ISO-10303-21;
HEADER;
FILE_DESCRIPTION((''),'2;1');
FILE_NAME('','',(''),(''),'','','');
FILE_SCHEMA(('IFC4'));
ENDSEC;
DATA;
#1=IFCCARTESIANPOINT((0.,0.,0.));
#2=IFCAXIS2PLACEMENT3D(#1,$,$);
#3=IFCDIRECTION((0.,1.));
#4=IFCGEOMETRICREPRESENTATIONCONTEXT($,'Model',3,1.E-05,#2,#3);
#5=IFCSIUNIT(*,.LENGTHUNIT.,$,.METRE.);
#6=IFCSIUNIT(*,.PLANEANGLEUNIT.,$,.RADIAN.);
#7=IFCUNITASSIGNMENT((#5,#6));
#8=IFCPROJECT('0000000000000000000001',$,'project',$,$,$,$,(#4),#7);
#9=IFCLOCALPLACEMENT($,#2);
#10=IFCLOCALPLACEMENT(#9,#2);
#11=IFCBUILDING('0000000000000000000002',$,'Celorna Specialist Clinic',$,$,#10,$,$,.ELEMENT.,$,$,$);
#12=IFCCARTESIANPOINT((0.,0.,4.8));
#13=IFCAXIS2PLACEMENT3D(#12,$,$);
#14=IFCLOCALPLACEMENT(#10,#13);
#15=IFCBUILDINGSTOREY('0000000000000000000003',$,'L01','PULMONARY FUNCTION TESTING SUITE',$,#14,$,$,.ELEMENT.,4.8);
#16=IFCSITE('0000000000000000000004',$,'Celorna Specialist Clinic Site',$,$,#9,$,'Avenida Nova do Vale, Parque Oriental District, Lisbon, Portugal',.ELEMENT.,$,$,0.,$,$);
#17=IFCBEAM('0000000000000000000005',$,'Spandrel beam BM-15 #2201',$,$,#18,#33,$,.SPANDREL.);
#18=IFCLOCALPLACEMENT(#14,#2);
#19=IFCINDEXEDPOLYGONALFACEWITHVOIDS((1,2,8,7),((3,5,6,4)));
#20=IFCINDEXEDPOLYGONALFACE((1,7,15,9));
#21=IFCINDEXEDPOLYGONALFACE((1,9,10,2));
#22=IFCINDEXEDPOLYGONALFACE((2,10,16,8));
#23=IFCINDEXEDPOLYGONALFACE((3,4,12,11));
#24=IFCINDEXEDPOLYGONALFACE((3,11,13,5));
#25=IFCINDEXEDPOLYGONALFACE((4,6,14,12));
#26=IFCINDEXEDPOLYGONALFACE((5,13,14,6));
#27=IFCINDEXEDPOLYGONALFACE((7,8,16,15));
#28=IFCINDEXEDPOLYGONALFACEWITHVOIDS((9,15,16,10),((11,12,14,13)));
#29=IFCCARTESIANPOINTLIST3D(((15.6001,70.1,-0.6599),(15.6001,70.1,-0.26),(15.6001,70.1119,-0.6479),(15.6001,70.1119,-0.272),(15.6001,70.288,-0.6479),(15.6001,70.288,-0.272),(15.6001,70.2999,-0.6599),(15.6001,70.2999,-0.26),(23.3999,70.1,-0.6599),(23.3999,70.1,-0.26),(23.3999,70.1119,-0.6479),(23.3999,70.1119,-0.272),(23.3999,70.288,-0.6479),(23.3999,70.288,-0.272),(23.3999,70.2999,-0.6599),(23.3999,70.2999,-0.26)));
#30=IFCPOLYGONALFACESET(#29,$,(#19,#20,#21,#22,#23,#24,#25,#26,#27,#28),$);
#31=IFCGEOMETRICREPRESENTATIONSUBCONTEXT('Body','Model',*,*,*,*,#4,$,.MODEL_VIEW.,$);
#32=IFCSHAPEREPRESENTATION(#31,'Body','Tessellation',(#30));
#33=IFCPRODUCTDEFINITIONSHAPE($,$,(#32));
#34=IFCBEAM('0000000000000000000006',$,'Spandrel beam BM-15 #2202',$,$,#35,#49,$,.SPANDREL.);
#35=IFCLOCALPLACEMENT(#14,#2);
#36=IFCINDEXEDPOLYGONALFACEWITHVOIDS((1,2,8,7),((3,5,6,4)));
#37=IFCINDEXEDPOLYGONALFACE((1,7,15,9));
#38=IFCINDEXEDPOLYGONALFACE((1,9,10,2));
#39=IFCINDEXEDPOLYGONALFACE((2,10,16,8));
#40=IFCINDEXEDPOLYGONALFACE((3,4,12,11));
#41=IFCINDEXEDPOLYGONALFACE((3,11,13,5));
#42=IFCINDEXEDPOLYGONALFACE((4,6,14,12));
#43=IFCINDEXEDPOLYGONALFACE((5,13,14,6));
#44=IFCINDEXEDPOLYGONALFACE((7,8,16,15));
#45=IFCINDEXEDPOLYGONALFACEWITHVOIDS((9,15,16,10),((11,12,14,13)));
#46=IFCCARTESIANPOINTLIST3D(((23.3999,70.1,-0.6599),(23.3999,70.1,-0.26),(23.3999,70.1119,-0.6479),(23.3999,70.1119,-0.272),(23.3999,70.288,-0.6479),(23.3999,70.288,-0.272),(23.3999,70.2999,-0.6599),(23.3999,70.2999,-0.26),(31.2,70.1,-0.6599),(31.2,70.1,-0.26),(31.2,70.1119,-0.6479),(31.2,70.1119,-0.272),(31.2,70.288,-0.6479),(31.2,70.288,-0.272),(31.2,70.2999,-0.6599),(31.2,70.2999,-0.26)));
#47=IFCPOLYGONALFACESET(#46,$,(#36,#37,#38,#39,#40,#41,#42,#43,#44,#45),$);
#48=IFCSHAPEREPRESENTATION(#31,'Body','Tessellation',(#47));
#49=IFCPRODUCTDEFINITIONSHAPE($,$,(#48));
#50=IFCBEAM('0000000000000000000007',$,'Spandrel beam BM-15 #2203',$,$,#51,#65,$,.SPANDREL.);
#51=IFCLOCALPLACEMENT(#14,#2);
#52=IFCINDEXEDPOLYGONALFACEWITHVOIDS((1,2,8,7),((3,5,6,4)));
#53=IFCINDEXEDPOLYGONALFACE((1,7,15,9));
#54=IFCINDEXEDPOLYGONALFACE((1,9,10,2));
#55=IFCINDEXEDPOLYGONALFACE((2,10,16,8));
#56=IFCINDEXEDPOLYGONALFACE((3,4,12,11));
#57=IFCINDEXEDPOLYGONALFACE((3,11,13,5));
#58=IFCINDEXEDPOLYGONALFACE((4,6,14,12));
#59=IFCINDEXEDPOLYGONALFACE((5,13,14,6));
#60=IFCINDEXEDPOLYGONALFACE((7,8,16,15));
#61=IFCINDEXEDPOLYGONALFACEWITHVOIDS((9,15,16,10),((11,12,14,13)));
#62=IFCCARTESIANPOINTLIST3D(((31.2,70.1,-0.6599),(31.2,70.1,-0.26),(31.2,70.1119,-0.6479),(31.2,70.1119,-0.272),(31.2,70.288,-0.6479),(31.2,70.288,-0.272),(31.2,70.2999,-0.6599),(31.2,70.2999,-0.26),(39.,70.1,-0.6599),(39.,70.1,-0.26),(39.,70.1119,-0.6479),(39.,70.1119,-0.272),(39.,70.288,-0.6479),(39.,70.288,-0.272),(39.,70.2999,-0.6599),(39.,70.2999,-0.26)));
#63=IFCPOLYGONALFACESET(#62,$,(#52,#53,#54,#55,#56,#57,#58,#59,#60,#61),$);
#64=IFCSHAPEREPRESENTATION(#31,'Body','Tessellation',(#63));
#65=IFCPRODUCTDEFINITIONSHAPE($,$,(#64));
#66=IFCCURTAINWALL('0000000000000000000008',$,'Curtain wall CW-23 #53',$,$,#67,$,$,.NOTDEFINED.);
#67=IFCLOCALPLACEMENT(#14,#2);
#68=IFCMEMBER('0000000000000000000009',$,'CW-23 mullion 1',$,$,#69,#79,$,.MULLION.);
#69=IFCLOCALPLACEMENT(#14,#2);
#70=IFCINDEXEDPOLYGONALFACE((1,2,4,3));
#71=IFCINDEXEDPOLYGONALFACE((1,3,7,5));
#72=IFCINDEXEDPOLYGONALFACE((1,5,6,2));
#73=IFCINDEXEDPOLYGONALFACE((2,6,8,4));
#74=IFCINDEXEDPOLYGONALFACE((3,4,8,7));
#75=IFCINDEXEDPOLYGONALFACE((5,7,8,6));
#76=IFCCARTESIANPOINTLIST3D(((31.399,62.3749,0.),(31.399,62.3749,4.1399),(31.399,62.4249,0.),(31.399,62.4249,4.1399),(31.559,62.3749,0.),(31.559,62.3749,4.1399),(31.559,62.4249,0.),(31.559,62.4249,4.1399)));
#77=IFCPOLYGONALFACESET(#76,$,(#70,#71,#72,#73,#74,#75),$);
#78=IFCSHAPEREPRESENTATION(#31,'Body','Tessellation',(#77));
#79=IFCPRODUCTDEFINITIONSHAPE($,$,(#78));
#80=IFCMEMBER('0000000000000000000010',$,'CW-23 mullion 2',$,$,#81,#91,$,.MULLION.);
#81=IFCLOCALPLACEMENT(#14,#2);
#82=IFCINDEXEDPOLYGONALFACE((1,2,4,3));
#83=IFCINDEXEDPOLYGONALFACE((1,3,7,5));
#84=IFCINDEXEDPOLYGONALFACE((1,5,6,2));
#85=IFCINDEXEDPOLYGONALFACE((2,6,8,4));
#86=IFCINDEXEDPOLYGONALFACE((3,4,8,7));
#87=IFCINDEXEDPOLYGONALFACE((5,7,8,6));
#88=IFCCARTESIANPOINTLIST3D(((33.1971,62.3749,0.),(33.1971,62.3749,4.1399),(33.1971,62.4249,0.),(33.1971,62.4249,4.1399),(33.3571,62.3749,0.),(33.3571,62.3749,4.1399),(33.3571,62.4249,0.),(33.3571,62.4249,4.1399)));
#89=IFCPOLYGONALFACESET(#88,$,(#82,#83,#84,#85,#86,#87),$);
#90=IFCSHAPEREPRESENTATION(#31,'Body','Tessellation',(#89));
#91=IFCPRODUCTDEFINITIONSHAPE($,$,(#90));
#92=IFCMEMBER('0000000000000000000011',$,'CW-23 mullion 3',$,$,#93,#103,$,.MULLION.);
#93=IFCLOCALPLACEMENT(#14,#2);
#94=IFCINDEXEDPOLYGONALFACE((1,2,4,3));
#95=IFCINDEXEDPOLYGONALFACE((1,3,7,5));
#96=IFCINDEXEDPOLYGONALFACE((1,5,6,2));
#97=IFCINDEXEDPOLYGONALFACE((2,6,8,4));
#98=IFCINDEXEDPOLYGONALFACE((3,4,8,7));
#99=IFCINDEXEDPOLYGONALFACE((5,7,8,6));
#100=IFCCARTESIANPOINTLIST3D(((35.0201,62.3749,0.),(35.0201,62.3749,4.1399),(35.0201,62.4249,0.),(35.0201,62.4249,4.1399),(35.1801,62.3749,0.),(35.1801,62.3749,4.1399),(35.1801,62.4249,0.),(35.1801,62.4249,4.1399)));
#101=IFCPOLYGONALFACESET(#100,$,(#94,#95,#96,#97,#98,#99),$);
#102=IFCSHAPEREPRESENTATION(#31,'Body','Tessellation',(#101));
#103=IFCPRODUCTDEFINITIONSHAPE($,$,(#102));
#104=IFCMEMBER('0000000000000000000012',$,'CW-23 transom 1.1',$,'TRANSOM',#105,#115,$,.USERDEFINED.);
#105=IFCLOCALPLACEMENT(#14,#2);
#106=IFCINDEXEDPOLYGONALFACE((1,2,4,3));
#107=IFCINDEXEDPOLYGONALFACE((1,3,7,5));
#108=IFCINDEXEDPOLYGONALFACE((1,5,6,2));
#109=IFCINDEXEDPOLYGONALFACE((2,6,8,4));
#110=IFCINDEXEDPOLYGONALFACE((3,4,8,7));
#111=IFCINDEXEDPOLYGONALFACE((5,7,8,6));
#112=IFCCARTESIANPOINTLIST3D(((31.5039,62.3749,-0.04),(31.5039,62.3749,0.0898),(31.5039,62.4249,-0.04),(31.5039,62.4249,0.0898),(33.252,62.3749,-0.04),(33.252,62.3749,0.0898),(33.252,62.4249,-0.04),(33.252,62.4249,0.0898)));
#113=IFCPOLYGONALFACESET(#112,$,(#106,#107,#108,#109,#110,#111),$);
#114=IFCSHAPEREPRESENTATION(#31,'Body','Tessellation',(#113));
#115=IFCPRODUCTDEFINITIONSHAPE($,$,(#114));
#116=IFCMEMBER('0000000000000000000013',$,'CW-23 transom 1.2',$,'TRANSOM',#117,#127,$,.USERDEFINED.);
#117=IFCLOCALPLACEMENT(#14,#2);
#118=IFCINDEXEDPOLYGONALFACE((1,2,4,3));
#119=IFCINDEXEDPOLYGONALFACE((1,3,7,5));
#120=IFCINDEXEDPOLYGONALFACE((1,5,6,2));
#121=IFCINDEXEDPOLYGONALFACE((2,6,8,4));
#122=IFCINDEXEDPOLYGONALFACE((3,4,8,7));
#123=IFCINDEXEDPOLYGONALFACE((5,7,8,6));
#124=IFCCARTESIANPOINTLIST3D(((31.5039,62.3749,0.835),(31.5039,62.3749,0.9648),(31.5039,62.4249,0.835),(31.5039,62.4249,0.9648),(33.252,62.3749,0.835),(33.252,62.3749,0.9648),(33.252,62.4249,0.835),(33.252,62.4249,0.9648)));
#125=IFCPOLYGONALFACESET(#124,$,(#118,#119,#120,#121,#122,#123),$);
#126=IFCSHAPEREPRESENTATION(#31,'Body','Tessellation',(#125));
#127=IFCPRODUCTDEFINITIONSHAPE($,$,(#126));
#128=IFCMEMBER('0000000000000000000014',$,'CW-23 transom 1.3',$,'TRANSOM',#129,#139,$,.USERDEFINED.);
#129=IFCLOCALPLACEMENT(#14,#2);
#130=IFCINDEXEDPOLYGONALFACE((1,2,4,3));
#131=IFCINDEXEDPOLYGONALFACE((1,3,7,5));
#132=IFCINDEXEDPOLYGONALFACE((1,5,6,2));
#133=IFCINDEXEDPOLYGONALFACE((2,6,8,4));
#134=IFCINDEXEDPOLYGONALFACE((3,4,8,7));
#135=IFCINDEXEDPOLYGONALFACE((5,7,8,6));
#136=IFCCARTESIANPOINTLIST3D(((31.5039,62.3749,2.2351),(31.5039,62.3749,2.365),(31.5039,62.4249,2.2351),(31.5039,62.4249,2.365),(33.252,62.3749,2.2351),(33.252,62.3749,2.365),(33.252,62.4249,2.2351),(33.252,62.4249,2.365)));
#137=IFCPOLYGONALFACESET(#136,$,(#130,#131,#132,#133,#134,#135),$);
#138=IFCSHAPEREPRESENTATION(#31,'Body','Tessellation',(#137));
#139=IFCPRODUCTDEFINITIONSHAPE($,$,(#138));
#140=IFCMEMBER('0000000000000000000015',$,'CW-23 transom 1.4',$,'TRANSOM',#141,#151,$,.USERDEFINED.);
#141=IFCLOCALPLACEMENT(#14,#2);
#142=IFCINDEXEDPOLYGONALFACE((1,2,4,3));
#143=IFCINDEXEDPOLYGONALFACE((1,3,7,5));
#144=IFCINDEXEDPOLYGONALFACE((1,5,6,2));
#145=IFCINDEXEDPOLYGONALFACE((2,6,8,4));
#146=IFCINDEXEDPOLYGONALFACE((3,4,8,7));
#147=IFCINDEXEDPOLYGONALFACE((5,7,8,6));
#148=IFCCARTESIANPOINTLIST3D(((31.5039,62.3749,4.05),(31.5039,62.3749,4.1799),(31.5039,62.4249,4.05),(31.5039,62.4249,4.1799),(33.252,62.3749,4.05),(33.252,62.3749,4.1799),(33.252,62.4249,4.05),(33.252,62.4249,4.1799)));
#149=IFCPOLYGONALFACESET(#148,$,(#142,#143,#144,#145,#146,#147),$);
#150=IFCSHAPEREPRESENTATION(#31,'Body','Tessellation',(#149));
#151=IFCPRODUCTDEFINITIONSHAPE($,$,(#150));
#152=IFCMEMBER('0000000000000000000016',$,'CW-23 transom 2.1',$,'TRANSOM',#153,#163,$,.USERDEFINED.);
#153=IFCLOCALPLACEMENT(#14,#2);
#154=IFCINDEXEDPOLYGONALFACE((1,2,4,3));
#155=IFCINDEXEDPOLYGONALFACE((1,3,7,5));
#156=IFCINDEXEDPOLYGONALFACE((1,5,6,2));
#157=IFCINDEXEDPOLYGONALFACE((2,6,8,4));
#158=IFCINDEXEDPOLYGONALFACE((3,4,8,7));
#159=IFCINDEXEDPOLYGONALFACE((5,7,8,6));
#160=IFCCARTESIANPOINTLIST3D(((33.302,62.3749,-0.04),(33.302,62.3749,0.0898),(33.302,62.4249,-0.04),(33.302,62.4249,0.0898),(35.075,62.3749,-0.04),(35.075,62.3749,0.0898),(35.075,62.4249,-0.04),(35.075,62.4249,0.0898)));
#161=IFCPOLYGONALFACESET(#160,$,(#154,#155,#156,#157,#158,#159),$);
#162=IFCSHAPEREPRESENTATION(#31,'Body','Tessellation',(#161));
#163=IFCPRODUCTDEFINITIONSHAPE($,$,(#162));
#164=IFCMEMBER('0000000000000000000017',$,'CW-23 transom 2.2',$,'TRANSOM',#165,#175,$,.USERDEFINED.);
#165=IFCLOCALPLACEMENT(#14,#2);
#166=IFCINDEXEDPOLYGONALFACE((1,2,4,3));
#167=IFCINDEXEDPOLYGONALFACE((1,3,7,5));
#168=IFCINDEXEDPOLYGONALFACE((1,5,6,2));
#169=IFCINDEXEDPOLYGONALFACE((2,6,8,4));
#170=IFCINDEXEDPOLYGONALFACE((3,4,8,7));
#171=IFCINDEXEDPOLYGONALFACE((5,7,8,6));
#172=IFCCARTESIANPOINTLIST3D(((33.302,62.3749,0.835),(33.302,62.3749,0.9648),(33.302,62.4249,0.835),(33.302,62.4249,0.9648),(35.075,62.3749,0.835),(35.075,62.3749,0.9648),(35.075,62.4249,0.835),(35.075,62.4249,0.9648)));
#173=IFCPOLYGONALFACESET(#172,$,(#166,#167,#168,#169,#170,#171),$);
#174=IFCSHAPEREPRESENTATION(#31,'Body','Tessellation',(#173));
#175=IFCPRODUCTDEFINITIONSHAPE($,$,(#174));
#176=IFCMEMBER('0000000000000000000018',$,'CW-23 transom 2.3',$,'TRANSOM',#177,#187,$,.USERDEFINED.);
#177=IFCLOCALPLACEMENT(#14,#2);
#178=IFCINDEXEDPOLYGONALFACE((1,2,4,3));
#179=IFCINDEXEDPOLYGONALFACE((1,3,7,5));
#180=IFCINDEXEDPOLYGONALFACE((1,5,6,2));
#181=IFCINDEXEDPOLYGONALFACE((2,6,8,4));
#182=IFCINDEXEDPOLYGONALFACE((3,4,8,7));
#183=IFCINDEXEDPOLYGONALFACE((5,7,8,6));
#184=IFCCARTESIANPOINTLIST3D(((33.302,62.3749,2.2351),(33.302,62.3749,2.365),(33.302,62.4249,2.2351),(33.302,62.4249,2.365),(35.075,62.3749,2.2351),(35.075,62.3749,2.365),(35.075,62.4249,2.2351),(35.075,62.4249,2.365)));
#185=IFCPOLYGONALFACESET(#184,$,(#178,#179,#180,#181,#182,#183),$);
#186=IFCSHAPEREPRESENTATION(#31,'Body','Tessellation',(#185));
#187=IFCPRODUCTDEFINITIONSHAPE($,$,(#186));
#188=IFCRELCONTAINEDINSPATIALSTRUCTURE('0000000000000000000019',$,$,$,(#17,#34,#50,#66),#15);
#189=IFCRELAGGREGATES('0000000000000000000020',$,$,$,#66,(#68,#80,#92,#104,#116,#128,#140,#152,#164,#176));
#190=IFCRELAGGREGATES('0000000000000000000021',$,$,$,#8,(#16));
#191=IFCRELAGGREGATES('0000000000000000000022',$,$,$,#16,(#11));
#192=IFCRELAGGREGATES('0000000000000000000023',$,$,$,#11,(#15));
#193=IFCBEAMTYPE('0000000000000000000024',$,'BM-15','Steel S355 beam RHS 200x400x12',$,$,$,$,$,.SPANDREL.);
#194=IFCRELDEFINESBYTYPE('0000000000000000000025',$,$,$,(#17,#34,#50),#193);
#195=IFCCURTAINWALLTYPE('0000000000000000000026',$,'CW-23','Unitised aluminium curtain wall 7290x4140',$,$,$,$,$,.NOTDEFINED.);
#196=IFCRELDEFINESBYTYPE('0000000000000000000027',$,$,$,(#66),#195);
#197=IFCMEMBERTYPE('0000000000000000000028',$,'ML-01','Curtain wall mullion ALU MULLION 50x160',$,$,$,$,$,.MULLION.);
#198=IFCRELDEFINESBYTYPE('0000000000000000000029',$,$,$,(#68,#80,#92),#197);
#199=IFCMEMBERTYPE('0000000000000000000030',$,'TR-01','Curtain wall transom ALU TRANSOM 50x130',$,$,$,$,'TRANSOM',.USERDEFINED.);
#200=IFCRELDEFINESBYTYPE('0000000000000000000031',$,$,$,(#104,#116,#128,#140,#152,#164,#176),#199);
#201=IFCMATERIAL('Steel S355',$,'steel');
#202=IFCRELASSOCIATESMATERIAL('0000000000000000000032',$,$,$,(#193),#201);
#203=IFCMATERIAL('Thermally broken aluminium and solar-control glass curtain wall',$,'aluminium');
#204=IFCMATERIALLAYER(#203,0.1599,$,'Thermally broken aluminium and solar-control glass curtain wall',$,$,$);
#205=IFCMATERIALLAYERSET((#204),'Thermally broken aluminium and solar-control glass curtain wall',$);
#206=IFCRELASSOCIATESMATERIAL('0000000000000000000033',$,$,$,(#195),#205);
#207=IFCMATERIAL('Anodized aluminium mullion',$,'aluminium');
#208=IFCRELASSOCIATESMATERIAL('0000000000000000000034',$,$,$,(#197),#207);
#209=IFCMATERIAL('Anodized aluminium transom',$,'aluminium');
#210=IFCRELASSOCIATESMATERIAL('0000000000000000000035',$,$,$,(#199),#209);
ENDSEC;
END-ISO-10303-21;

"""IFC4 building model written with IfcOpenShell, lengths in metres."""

from ifc_helpers import new_model, si_unit, direction, frame, origin, origin_2d, place, context, subcontext, project, spatial, rectangle, hollow_rectangle, extrude, material, layer, layer_set, material_profile, profile_set, type_object, element, aggregate, save


model = new_model("IFC4")

# Units and contexts
model_context = context("Model", 3, precision=1e-05, world=origin(), true_north=direction((0.0, 1.0)))
body_context = subcontext(model_context, "Body", "Model", "MODEL_VIEW")
ifc_project = project(units=[si_unit("LENGTHUNIT", "METRE"), si_unit("PLANEANGLEUNIT", "RADIAN")], contexts=[model_context])

# Site, building, storey
site_placement = place(None, origin())
site = spatial("IfcSite", under=ifc_project, at=site_placement, Name="Celorna Specialist Clinic Site", LongName="Avenida Nova do Vale, Parque Oriental District, Lisbon, Portugal", CompositionType="ELEMENT", RefElevation=0.0)
building_placement = place(site_placement, origin())
building = spatial("IfcBuilding", under=site, at=building_placement, Name="Celorna Specialist Clinic", CompositionType="ELEMENT")
storey_placement = place(building_placement, frame((0.0, 0.0, 4.8)))
storey = spatial("IfcBuildingStorey", under=building, at=storey_placement, Name="L01", Description="PULMONARY FUNCTION TESTING SUITE", CompositionType="ELEMENT", Elevation=4.8)

# Beams
ifc_material_1 = material(Name="Steel S355", Category="steel")
ifc_material_profile_1 = material_profile(ifc_material_1, hollow_rectangle(XDim=0.2, YDim=0.3999, WallThickness=0.012, at=origin_2d()), Name="RHS 200x400x12")
ifc_profile_set_1 = profile_set([ifc_material_profile_1], Name="Steel S355")
beam_type_1 = type_object("IfcBeamType", Name="BM-15", Description="Steel S355 beam RHS 200x400x12", PredefinedType="SPANDREL", material=ifc_profile_set_1)
beam_1_placement = place(storey_placement, frame((15.6001, 70.2, -0.46), z_axis=(1.0, 0.0, 0.0), x_axis=(0.0, 1.0, 0.0)))
element("IfcBeam", 1, at=beam_1_placement, inside=storey, type_object=beam_type_1, Name="Spandrel beam BM-15 #2201", PredefinedType="SPANDREL", context=body_context, shape_type="SweptSolid", body=[
    extrude(hollow_rectangle(XDim=0.2, YDim=0.3999, WallThickness=0.012, at=origin_2d()), origin(), (0.0, 0.0, 1.0), 7.7998),
])
for number, where, z_axis, x_axis, name in (
    (2, (23.3999, 70.2, -0.46), (1.0, 0.0, 0.0), (0.0, 1.0, 0.0), "Spandrel beam BM-15 #2202"),
    (3, (31.2, 70.2, -0.46), (1.0, 0.0, 0.0), (0.0, 1.0, 0.0), "Spandrel beam BM-15 #2203"),
):
    element("IfcBeam", number, at=place(storey_placement, frame(where, z_axis=z_axis, x_axis=x_axis)), inside=storey, type_object=beam_type_1, Name=name, PredefinedType="SPANDREL", context=body_context, shape_type="SweptSolid", body=[
        extrude(hollow_rectangle(XDim=0.2, YDim=0.3999, WallThickness=0.012, at=origin_2d()), origin(), (0.0, 0.0, 1.0), 7.8),
    ])

# Curtain wall, members
ifc_material_2 = material(Name="Thermally broken aluminium and solar-control glass curtain wall", Category="aluminium")
ifc_layer_1 = layer(ifc_material_2, 0.1599, Name="Thermally broken aluminium and solar-control glass curtain wall")
ifc_layer_set_1 = layer_set([ifc_layer_1], Name="Thermally broken aluminium and solar-control glass curtain wall")
curtain_wall_type = type_object("IfcCurtainWallType", Name="CW-23", Description="Unitised aluminium curtain wall 7290x4140", PredefinedType="NOTDEFINED", material=ifc_layer_set_1)
curtain_wall_placement = place(storey_placement, origin())
curtain_wall = element("IfcCurtainWall", 4, at=curtain_wall_placement, inside=storey, type_object=curtain_wall_type, Name="Curtain wall CW-23 #53", PredefinedType="NOTDEFINED")
ifc_material_3 = material(Name="Anodized aluminium mullion", Category="aluminium")
ifc_material_profile_2 = material_profile(ifc_material_3, rectangle(XDim=0.05, YDim=0.1599, at=origin_2d()), Name="ALU MULLION 50x160")
ifc_profile_set_2 = profile_set([ifc_material_profile_2], Name="Anodized aluminium mullion")
member_type_1 = type_object("IfcMemberType", Name="ML-01", Description="Curtain wall mullion ALU MULLION 50x160", PredefinedType="MULLION", material=ifc_profile_set_2)
member_1_placement = place(storey_placement, frame((31.479, 62.3999, 0.0), z_axis=(0.0, 0.0, 1.0), x_axis=(0.0, 1.0, 0.0)))
member_1 = element("IfcMember", 5, at=member_1_placement, type_object=member_type_1, Name="CW-23 mullion 1", PredefinedType="MULLION", context=body_context, shape_type="SweptSolid", body=[
    extrude(rectangle(XDim=0.05, YDim=0.1599, at=origin_2d()), origin(), (0.0, 0.0, 1.0), 4.1399),
])
member_2_placement = place(storey_placement, frame((33.2771, 62.3999, 0.0), z_axis=(0.0, 0.0, 1.0), x_axis=(0.0, 1.0, 0.0)))
member_2 = element("IfcMember", 6, at=member_2_placement, type_object=member_type_1, Name="CW-23 mullion 2", PredefinedType="MULLION", context=body_context, shape_type="SweptSolid", body=[
    extrude(rectangle(XDim=0.05, YDim=0.1599, at=origin_2d()), origin(), (0.0, 0.0, 1.0), 4.1399),
])
member_3_placement = place(storey_placement, frame((35.1001, 62.3999, 0.0), z_axis=(0.0, 0.0, 1.0), x_axis=(0.0, 1.0, 0.0)))
member_3 = element("IfcMember", 7, at=member_3_placement, type_object=member_type_1, Name="CW-23 mullion 3", PredefinedType="MULLION", context=body_context, shape_type="SweptSolid", body=[
    extrude(rectangle(XDim=0.05, YDim=0.1599, at=origin_2d()), origin(), (0.0, 0.0, 1.0), 4.1399),
])
ifc_material_4 = material(Name="Anodized aluminium transom", Category="aluminium")
ifc_material_profile_3 = material_profile(ifc_material_4, rectangle(XDim=0.05, YDim=0.1299, at=origin_2d()), Name="ALU TRANSOM 50x130")
ifc_profile_set_3 = profile_set([ifc_material_profile_3], Name="Anodized aluminium transom")
member_type_2 = type_object("IfcMemberType", Name="TR-01", Description="Curtain wall transom ALU TRANSOM 50x130", ElementType="TRANSOM", PredefinedType="USERDEFINED", material=ifc_profile_set_3)
member_4_placement = place(storey_placement, frame((31.5039, 62.3999, 0.0249), z_axis=(1.0, 0.0, 0.0), x_axis=(0.0, 1.0, 0.0)))
member_4 = element("IfcMember", 8, at=member_4_placement, type_object=member_type_2, Name="CW-23 transom 1.1", ObjectType="TRANSOM", PredefinedType="USERDEFINED", context=body_context, shape_type="SweptSolid", body=[
    extrude(rectangle(XDim=0.05, YDim=0.1299, at=origin_2d()), origin(), (0.0, 0.0, 1.0), 1.748),
])
member_5_placement = place(storey_placement, frame((31.5039, 62.3999, 0.8999), z_axis=(1.0, 0.0, 0.0), x_axis=(0.0, 1.0, 0.0)))
member_5 = element("IfcMember", 9, at=member_5_placement, type_object=member_type_2, Name="CW-23 transom 1.2", ObjectType="TRANSOM", PredefinedType="USERDEFINED", context=body_context, shape_type="SweptSolid", body=[
    extrude(rectangle(XDim=0.05, YDim=0.1299, at=origin_2d()), origin(), (0.0, 0.0, 1.0), 1.748),
])
member_6_placement = place(storey_placement, frame((31.5039, 62.3999, 2.3), z_axis=(1.0, 0.0, 0.0), x_axis=(0.0, 1.0, 0.0)))
member_6 = element("IfcMember", 10, at=member_6_placement, type_object=member_type_2, Name="CW-23 transom 1.3", ObjectType="TRANSOM", PredefinedType="USERDEFINED", context=body_context, shape_type="SweptSolid", body=[
    extrude(rectangle(XDim=0.05, YDim=0.1299, at=origin_2d()), origin(), (0.0, 0.0, 1.0), 1.748),
])
member_7_placement = place(storey_placement, frame((31.5039, 62.3999, 4.115), z_axis=(1.0, 0.0, 0.0), x_axis=(0.0, 1.0, 0.0)))
member_7 = element("IfcMember", 11, at=member_7_placement, type_object=member_type_2, Name="CW-23 transom 1.4", ObjectType="TRANSOM", PredefinedType="USERDEFINED", context=body_context, shape_type="SweptSolid", body=[
    extrude(rectangle(XDim=0.05, YDim=0.1299, at=origin_2d()), origin(), (0.0, 0.0, 1.0), 1.748),
])
member_8_placement = place(storey_placement, frame((33.302, 62.3999, 0.0249), z_axis=(1.0, 0.0, 0.0), x_axis=(0.0, 1.0, 0.0)))
member_8 = element("IfcMember", 12, at=member_8_placement, type_object=member_type_2, Name="CW-23 transom 2.1", ObjectType="TRANSOM", PredefinedType="USERDEFINED", context=body_context, shape_type="SweptSolid", body=[
    extrude(rectangle(XDim=0.05, YDim=0.1299, at=origin_2d()), origin(), (0.0, 0.0, 1.0), 1.7729),
])
member_9_placement = place(storey_placement, frame((33.302, 62.3999, 0.8999), z_axis=(1.0, 0.0, 0.0), x_axis=(0.0, 1.0, 0.0)))
member_9 = element("IfcMember", 13, at=member_9_placement, type_object=member_type_2, Name="CW-23 transom 2.2", ObjectType="TRANSOM", PredefinedType="USERDEFINED", context=body_context, shape_type="SweptSolid", body=[
    extrude(rectangle(XDim=0.05, YDim=0.1299, at=origin_2d()), origin(), (0.0, 0.0, 1.0), 1.7729),
])
member_10_placement = place(storey_placement, frame((33.302, 62.3999, 2.3), z_axis=(1.0, 0.0, 0.0), x_axis=(0.0, 1.0, 0.0)))
member_10 = element("IfcMember", 14, at=member_10_placement, type_object=member_type_2, Name="CW-23 transom 2.3", ObjectType="TRANSOM", PredefinedType="USERDEFINED", context=body_context, shape_type="SweptSolid", body=[
    extrude(rectangle(XDim=0.05, YDim=0.1299, at=origin_2d()), origin(), (0.0, 0.0, 1.0), 1.7729),
])
aggregate(curtain_wall, [member_1, member_2, member_3, member_4, member_5, member_6, member_7, member_8, member_9, member_10])

save(model, "model.ifc")
